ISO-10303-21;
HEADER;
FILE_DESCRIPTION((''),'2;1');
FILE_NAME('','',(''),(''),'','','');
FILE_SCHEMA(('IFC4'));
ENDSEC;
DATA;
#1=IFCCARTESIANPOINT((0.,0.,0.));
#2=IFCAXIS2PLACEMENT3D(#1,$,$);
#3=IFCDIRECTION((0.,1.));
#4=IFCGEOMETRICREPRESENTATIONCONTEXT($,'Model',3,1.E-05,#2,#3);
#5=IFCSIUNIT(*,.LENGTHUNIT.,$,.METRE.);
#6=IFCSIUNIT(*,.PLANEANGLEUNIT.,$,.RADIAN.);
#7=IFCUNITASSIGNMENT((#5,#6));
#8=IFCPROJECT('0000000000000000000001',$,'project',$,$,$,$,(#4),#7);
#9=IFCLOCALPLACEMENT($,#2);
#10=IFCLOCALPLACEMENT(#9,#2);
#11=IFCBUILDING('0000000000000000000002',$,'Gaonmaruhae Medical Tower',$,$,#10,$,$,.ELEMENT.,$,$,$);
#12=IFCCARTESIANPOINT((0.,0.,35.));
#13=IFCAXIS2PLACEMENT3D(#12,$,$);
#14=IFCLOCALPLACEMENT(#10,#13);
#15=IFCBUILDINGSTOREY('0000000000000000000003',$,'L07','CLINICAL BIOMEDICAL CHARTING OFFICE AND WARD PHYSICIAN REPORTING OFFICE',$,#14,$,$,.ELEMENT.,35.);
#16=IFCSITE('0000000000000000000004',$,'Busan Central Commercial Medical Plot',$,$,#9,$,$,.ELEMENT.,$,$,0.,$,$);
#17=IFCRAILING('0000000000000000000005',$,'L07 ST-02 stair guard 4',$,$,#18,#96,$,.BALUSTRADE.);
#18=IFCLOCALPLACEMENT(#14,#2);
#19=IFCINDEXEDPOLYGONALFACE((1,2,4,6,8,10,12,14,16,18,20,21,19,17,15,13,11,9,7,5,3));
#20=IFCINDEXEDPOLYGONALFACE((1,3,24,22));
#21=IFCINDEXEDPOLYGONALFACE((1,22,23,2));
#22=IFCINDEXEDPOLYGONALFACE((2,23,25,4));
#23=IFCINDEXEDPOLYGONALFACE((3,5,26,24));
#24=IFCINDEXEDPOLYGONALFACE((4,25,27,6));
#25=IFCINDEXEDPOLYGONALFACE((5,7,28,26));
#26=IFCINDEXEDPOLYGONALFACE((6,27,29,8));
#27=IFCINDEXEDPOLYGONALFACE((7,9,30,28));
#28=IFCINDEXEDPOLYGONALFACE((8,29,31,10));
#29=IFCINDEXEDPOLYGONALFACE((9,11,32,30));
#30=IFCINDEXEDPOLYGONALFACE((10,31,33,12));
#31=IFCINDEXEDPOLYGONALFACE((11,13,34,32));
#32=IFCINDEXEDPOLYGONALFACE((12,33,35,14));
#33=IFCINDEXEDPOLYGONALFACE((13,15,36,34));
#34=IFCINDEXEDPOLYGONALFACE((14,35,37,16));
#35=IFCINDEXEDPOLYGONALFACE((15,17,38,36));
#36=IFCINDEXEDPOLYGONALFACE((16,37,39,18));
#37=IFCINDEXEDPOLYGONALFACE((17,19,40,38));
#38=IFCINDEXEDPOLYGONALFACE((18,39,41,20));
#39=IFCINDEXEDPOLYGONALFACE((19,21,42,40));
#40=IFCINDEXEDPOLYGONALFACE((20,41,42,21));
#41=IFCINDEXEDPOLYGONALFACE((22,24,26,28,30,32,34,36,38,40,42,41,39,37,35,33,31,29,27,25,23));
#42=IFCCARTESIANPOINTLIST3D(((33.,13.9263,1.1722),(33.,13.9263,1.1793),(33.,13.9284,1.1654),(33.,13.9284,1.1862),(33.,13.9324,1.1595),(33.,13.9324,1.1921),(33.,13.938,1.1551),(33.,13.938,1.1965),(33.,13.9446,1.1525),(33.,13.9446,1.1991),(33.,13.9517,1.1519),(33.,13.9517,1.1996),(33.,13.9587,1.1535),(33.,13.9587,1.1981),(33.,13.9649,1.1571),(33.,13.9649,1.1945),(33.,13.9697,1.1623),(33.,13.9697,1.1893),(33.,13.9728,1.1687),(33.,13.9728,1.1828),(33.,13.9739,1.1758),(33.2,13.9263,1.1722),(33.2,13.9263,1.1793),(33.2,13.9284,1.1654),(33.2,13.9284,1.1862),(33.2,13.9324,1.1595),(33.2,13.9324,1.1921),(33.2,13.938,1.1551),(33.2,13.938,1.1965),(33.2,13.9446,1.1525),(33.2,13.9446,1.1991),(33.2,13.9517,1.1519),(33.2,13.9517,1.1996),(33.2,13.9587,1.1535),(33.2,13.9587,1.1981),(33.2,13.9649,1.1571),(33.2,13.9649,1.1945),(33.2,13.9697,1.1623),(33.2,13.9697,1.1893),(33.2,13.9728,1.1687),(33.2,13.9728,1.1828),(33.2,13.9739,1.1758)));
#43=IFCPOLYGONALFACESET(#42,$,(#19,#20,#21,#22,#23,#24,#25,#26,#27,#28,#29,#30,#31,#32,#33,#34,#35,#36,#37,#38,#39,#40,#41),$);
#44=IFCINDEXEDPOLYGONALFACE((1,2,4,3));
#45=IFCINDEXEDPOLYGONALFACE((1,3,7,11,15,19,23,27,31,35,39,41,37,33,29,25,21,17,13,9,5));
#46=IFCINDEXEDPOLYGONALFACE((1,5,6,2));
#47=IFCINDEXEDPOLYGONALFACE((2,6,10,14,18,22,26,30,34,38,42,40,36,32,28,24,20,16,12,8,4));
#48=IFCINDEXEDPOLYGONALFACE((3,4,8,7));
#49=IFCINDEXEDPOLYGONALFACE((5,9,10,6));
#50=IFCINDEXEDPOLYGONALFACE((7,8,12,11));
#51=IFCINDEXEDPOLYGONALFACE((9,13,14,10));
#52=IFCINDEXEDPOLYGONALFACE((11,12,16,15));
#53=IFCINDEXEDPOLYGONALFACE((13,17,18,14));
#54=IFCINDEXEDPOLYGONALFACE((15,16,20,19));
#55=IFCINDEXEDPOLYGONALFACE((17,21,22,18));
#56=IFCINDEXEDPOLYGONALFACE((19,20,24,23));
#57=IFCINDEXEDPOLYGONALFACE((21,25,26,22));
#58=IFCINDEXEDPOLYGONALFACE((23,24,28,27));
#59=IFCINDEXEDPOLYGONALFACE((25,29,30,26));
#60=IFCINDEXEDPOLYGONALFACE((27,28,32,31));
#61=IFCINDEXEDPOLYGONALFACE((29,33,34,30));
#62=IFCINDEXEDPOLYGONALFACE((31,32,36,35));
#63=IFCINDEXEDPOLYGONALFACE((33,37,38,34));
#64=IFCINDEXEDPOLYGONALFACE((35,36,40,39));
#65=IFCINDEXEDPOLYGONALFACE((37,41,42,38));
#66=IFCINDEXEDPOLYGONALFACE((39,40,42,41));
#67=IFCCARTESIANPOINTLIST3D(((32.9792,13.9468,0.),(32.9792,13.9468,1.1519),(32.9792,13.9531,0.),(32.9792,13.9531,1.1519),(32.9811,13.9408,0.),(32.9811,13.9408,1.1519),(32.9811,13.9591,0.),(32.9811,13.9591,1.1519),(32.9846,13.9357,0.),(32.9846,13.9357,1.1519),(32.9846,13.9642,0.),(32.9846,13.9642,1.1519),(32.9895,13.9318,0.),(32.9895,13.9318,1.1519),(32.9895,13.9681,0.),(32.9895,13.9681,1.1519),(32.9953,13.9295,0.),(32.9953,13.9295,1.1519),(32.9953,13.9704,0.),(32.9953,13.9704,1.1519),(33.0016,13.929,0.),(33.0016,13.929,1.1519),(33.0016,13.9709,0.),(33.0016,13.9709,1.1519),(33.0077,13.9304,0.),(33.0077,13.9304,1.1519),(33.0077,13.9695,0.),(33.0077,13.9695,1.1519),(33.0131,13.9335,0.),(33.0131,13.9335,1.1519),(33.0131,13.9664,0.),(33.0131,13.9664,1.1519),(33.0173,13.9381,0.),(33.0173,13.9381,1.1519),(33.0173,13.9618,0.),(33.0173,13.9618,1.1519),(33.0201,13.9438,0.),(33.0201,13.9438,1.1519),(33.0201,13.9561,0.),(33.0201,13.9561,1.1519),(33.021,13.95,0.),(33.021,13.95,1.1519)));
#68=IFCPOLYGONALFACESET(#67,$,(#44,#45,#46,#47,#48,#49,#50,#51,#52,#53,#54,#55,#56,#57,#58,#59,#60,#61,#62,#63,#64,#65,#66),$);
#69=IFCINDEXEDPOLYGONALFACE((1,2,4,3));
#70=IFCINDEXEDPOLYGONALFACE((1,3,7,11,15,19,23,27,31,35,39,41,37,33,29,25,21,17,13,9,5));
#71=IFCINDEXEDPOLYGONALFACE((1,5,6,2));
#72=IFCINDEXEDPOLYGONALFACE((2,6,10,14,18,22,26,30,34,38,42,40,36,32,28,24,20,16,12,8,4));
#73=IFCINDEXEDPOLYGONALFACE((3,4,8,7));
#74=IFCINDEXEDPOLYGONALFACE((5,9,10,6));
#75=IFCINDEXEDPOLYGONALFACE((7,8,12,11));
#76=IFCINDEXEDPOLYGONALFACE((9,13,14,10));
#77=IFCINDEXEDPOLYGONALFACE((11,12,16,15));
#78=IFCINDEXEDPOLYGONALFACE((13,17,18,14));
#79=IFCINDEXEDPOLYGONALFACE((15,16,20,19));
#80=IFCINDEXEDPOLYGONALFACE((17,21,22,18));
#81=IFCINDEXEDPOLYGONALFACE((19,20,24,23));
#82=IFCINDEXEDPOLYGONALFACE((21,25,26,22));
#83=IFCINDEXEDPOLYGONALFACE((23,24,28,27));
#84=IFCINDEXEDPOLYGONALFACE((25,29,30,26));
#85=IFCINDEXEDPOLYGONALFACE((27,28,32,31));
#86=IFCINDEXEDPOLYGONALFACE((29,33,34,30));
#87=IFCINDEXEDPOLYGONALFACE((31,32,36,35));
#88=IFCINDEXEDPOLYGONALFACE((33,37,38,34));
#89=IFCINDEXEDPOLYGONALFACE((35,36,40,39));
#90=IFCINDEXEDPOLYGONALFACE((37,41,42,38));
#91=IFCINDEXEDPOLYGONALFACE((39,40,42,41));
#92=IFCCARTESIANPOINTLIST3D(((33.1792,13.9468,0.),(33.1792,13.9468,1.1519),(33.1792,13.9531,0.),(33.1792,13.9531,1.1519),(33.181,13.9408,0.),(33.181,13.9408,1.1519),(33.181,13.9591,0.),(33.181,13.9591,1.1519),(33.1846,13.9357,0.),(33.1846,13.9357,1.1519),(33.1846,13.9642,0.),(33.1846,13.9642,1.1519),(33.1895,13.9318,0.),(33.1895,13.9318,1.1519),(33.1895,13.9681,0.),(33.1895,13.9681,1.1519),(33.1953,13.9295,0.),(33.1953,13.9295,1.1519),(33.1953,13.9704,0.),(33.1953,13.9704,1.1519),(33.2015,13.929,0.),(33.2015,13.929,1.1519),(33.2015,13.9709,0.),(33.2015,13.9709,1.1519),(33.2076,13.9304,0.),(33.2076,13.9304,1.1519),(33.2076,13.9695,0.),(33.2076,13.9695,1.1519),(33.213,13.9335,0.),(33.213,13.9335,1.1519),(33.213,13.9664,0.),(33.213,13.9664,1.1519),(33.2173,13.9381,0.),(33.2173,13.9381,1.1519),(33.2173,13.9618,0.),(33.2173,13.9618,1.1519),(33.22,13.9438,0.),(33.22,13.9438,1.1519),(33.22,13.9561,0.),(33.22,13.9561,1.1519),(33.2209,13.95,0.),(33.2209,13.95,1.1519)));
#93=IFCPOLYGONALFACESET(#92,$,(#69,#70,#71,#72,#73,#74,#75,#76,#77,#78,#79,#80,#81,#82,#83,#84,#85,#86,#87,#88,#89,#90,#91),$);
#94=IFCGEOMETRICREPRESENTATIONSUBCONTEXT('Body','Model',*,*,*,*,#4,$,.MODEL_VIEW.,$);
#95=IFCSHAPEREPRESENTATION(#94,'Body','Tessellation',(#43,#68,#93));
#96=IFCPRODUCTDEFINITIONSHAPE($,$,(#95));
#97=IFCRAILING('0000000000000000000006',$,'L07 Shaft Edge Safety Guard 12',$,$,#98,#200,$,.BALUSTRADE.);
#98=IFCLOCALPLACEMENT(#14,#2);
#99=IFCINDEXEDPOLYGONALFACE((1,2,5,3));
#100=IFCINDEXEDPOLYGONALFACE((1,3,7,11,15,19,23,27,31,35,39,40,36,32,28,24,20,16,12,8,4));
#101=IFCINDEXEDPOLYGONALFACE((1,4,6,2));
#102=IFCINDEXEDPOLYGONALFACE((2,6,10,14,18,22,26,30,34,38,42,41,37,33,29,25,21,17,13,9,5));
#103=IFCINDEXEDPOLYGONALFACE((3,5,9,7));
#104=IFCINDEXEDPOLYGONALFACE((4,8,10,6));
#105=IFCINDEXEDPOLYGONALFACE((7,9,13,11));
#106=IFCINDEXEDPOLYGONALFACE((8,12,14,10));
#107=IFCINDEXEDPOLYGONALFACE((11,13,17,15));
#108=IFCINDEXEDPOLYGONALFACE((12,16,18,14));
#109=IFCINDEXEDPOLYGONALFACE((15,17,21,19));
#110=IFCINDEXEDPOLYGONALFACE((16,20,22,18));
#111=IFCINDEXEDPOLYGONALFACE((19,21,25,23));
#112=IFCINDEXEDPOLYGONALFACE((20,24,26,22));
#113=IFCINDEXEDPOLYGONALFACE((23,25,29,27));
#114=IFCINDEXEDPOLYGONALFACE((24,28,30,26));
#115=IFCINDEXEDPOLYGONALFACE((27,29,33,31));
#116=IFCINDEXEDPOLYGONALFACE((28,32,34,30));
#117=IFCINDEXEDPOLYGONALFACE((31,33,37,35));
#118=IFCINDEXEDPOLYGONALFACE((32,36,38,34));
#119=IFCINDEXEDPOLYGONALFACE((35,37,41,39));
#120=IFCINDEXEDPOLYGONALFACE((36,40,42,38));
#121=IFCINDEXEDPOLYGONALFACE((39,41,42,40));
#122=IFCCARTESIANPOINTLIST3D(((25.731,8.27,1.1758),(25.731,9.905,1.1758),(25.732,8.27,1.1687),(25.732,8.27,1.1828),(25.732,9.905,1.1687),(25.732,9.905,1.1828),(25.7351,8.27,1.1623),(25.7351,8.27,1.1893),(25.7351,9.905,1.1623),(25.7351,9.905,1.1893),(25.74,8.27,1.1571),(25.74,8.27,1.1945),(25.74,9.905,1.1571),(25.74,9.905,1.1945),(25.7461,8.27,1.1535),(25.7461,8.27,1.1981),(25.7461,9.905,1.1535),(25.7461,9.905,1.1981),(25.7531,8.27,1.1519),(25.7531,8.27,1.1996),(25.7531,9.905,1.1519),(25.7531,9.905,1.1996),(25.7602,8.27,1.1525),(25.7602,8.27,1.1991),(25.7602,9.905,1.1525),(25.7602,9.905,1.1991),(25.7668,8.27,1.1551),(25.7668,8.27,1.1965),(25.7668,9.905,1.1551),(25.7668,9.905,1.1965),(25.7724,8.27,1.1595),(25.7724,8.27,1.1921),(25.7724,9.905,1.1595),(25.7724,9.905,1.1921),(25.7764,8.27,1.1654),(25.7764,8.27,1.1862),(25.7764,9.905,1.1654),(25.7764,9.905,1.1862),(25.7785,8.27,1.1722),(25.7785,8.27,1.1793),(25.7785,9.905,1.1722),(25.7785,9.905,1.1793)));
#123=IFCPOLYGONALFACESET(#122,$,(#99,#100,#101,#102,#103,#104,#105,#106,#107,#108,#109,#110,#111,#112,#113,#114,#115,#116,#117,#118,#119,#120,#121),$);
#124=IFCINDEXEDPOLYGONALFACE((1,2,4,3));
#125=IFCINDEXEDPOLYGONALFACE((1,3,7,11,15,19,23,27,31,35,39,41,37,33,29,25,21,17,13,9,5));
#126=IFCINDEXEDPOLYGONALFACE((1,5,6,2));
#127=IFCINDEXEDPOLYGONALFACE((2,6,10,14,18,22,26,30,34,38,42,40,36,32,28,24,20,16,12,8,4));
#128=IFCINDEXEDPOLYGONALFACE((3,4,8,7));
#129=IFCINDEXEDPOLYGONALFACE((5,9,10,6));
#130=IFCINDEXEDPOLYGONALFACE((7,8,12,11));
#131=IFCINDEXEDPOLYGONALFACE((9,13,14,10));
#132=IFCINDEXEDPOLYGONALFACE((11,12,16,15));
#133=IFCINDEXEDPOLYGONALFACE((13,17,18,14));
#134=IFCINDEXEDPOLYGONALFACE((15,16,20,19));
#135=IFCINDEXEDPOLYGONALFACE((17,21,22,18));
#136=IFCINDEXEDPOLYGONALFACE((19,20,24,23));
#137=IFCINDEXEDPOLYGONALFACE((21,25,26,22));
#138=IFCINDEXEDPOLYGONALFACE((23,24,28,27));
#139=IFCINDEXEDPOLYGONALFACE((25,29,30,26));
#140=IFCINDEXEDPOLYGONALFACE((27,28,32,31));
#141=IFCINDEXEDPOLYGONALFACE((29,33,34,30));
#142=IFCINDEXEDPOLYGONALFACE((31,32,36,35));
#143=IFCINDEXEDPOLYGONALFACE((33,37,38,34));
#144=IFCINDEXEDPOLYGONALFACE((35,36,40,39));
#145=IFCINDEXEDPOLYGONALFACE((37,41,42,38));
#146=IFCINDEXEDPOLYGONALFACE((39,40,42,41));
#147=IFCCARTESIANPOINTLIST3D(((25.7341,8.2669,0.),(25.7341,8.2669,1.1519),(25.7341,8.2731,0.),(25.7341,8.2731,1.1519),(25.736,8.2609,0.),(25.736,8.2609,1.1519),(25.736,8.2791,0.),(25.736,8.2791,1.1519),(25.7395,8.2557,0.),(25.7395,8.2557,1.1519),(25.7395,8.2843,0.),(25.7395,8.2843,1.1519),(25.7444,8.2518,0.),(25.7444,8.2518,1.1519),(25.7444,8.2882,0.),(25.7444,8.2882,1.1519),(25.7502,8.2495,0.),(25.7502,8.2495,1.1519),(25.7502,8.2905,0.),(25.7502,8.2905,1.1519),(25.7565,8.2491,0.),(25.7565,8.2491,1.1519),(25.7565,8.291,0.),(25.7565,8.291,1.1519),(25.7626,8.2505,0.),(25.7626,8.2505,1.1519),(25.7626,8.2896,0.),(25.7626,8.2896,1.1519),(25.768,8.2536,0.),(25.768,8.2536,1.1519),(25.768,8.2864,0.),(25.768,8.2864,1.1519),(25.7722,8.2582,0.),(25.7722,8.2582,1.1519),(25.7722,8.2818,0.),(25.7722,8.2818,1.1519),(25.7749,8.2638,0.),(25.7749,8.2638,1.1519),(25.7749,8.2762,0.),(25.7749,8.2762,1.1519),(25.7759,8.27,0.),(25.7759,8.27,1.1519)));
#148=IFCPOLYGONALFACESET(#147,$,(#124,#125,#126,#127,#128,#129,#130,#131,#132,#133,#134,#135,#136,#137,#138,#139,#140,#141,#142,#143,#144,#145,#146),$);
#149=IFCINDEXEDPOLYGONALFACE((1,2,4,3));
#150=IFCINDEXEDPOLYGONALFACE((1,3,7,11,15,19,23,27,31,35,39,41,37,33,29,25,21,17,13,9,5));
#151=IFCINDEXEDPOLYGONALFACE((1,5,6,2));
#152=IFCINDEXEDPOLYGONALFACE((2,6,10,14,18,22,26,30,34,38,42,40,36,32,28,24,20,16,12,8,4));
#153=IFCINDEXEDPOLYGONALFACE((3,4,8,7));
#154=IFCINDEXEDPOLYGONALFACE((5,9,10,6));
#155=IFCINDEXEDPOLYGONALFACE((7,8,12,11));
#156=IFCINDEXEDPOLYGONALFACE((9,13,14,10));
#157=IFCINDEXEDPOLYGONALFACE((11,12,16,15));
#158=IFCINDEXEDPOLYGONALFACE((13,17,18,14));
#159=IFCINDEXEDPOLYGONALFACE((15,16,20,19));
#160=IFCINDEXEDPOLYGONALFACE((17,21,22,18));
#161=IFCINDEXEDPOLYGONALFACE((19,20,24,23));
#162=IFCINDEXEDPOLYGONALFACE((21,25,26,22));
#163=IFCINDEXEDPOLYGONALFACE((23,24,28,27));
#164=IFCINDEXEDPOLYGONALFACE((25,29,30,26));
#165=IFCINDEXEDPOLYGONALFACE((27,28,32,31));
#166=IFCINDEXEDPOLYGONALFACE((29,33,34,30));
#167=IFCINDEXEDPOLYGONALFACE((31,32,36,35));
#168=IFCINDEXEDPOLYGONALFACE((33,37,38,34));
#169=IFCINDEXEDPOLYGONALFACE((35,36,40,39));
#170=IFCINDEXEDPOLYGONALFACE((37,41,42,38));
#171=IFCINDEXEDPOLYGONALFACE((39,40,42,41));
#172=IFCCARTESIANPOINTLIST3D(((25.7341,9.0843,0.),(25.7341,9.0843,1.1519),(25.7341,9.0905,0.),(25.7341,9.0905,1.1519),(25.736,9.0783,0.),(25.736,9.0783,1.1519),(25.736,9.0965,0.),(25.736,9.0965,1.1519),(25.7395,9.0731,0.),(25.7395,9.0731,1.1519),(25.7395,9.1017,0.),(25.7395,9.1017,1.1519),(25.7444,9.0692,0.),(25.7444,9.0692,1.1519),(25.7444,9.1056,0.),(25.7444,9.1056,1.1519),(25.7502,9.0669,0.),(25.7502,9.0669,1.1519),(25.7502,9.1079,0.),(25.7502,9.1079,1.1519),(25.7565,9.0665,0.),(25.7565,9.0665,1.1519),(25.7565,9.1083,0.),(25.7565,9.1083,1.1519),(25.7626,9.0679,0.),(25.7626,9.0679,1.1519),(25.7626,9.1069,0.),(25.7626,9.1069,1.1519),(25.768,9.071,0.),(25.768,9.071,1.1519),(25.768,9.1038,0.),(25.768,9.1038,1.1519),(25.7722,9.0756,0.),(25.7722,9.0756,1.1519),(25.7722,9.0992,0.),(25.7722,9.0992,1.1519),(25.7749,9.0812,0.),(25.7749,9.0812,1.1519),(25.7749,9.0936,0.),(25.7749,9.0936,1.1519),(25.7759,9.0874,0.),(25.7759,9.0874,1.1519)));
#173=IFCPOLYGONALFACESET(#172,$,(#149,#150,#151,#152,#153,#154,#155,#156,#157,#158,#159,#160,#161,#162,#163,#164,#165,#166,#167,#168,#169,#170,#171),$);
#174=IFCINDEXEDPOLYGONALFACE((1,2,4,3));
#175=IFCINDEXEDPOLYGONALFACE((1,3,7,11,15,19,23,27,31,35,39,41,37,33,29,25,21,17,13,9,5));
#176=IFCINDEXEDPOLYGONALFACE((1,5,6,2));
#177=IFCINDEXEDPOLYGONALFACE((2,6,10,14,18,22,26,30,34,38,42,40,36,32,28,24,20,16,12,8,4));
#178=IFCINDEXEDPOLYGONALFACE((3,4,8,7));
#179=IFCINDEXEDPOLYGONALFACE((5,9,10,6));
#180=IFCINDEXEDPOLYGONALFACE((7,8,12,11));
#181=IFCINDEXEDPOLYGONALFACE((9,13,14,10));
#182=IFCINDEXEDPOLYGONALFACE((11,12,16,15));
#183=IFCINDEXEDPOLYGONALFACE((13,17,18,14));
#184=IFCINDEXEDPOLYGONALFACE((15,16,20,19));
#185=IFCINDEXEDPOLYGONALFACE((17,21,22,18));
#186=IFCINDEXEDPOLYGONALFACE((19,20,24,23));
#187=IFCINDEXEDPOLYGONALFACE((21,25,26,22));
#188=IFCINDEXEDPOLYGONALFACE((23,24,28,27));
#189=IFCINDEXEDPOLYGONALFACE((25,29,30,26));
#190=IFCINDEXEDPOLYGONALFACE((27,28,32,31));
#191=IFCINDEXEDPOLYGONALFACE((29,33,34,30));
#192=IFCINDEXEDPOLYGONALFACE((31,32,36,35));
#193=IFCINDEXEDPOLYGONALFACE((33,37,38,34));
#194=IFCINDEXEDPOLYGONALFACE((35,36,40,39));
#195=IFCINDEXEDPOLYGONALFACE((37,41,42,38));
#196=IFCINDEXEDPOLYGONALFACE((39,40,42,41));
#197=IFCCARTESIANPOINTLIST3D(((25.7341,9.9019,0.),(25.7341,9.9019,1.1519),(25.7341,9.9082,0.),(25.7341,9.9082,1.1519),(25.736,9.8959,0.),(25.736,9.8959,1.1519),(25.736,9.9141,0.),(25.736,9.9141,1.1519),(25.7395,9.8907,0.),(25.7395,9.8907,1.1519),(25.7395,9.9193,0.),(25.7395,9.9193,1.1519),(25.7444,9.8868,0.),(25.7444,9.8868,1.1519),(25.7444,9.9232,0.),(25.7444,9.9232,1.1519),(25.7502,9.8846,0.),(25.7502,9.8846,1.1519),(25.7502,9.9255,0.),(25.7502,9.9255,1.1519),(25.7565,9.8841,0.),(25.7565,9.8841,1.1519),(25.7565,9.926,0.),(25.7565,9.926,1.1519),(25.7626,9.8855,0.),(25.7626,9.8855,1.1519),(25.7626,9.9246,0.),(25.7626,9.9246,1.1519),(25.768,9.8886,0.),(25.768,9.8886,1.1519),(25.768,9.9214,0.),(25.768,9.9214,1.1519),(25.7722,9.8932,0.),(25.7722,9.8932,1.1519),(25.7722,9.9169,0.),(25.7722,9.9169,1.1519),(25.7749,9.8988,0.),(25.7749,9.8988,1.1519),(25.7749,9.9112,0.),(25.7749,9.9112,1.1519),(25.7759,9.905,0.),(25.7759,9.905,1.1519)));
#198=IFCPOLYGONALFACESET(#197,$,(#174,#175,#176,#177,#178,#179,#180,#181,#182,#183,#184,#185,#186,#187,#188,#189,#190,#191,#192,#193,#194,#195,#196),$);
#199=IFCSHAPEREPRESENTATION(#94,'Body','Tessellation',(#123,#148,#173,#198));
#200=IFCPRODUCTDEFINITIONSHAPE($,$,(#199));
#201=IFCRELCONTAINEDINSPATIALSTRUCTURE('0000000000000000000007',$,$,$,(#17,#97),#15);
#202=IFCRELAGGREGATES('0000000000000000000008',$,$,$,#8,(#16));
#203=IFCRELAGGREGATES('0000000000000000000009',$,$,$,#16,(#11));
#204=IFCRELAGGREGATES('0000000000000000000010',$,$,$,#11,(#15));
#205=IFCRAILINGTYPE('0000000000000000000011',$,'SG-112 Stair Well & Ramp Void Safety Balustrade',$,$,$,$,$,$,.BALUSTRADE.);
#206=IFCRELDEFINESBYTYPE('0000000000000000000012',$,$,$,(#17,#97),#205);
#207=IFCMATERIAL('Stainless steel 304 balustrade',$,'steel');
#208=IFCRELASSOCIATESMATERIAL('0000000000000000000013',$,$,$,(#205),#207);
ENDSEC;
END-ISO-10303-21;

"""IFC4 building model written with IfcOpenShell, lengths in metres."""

from ifc_helpers import new_model, si_unit, direction, frame, origin, origin_2d, place, context, subcontext, project, spatial, circle, extrude, material, type_object, element, save


model = new_model("IFC4")

# Units and contexts
model_context = context("Model", 3, precision=1e-05, world=origin(), true_north=direction((0.0, 1.0)))
body_context = subcontext(model_context, "Body", "Model", "MODEL_VIEW")
ifc_project = project(units=[si_unit("LENGTHUNIT", "METRE"), si_unit("PLANEANGLEUNIT", "RADIAN")], contexts=[model_context])

# Site, building, storey
site_placement = place(None, origin())
site = spatial("IfcSite", under=ifc_project, at=site_placement, Name="Busan Central Commercial Medical Plot", CompositionType="ELEMENT", RefElevation=0.0)
building_placement = place(site_placement, origin())
building = spatial("IfcBuilding", under=site, at=building_placement, Name="Gaonmaruhae Medical Tower", CompositionType="ELEMENT")
storey_placement = place(building_placement, frame((0.0, 0.0, 35.0)))
storey = spatial("IfcBuildingStorey", under=building, at=storey_placement, Name="L07", Description="CLINICAL BIOMEDICAL CHARTING OFFICE AND WARD PHYSICIAN REPORTING OFFICE", CompositionType="ELEMENT", Elevation=35.0)

# Railings
ifc_material_1 = material(Name="Stainless steel 304 balustrade", Category="steel")
railing_type_1 = type_object("IfcRailingType", Name="SG-112 Stair Well & Ramp Void Safety Balustrade", PredefinedType="BALUSTRADE", material=ifc_material_1)
railing_1_placement = place(storey_placement, frame((33.0, 13.95, 0.0)))
element("IfcRailing", 1, at=railing_1_placement, inside=storey, type_object=railing_type_1, Name="L07 ST-02 stair guard 4", PredefinedType="BALUSTRADE", context=body_context, shape_type="SweptSolid", body=[
    extrude(circle(Radius=0.0239, at=origin_2d()), frame((0.0, 0.0, 1.1758), z_axis=(1.0, 0.0, 0.0), x_axis=(0.0, 1.0, 0.0)), (0.0, 0.0, 1.0), 0.2),
    extrude(circle(Radius=0.021, at=origin_2d()), origin(), (0.0, 0.0, 1.0), 1.1519),
    extrude(circle(Radius=0.021, at=origin_2d()), frame((0.2, 0.0, 0.0)), (0.0, 0.0, 1.0), 1.1519),
])
for number, where, name in (
    (2, (25.7549, 8.27, 0.0), "L07 Shaft Edge Safety Guard 12"),
):
    element("IfcRailing", number, at=place(storey_placement, frame(where)), inside=storey, type_object=railing_type_1, Name=name, PredefinedType="BALUSTRADE", context=body_context, shape_type="SweptSolid", body=[
        extrude(circle(Radius=0.0239, at=origin_2d()), frame((0.0, 0.0, 1.1758), z_axis=(0.0, 1.0, 0.0), x_axis=(-1.0, 0.0, 0.0)), (0.0, 0.0, 1.0), 1.635),
        extrude(circle(Radius=0.021, at=origin_2d()), origin(), (0.0, 0.0, 1.0), 1.1519),
        extrude(circle(Radius=0.021, at=origin_2d()), frame((0.0, 0.8174, 0.0)), (0.0, 0.0, 1.0), 1.1519),
        extrude(circle(Radius=0.021, at=origin_2d()), frame((0.0, 1.635, 0.0)), (0.0, 0.0, 1.0), 1.1519),
    ])

save(model, "model.ifc")
